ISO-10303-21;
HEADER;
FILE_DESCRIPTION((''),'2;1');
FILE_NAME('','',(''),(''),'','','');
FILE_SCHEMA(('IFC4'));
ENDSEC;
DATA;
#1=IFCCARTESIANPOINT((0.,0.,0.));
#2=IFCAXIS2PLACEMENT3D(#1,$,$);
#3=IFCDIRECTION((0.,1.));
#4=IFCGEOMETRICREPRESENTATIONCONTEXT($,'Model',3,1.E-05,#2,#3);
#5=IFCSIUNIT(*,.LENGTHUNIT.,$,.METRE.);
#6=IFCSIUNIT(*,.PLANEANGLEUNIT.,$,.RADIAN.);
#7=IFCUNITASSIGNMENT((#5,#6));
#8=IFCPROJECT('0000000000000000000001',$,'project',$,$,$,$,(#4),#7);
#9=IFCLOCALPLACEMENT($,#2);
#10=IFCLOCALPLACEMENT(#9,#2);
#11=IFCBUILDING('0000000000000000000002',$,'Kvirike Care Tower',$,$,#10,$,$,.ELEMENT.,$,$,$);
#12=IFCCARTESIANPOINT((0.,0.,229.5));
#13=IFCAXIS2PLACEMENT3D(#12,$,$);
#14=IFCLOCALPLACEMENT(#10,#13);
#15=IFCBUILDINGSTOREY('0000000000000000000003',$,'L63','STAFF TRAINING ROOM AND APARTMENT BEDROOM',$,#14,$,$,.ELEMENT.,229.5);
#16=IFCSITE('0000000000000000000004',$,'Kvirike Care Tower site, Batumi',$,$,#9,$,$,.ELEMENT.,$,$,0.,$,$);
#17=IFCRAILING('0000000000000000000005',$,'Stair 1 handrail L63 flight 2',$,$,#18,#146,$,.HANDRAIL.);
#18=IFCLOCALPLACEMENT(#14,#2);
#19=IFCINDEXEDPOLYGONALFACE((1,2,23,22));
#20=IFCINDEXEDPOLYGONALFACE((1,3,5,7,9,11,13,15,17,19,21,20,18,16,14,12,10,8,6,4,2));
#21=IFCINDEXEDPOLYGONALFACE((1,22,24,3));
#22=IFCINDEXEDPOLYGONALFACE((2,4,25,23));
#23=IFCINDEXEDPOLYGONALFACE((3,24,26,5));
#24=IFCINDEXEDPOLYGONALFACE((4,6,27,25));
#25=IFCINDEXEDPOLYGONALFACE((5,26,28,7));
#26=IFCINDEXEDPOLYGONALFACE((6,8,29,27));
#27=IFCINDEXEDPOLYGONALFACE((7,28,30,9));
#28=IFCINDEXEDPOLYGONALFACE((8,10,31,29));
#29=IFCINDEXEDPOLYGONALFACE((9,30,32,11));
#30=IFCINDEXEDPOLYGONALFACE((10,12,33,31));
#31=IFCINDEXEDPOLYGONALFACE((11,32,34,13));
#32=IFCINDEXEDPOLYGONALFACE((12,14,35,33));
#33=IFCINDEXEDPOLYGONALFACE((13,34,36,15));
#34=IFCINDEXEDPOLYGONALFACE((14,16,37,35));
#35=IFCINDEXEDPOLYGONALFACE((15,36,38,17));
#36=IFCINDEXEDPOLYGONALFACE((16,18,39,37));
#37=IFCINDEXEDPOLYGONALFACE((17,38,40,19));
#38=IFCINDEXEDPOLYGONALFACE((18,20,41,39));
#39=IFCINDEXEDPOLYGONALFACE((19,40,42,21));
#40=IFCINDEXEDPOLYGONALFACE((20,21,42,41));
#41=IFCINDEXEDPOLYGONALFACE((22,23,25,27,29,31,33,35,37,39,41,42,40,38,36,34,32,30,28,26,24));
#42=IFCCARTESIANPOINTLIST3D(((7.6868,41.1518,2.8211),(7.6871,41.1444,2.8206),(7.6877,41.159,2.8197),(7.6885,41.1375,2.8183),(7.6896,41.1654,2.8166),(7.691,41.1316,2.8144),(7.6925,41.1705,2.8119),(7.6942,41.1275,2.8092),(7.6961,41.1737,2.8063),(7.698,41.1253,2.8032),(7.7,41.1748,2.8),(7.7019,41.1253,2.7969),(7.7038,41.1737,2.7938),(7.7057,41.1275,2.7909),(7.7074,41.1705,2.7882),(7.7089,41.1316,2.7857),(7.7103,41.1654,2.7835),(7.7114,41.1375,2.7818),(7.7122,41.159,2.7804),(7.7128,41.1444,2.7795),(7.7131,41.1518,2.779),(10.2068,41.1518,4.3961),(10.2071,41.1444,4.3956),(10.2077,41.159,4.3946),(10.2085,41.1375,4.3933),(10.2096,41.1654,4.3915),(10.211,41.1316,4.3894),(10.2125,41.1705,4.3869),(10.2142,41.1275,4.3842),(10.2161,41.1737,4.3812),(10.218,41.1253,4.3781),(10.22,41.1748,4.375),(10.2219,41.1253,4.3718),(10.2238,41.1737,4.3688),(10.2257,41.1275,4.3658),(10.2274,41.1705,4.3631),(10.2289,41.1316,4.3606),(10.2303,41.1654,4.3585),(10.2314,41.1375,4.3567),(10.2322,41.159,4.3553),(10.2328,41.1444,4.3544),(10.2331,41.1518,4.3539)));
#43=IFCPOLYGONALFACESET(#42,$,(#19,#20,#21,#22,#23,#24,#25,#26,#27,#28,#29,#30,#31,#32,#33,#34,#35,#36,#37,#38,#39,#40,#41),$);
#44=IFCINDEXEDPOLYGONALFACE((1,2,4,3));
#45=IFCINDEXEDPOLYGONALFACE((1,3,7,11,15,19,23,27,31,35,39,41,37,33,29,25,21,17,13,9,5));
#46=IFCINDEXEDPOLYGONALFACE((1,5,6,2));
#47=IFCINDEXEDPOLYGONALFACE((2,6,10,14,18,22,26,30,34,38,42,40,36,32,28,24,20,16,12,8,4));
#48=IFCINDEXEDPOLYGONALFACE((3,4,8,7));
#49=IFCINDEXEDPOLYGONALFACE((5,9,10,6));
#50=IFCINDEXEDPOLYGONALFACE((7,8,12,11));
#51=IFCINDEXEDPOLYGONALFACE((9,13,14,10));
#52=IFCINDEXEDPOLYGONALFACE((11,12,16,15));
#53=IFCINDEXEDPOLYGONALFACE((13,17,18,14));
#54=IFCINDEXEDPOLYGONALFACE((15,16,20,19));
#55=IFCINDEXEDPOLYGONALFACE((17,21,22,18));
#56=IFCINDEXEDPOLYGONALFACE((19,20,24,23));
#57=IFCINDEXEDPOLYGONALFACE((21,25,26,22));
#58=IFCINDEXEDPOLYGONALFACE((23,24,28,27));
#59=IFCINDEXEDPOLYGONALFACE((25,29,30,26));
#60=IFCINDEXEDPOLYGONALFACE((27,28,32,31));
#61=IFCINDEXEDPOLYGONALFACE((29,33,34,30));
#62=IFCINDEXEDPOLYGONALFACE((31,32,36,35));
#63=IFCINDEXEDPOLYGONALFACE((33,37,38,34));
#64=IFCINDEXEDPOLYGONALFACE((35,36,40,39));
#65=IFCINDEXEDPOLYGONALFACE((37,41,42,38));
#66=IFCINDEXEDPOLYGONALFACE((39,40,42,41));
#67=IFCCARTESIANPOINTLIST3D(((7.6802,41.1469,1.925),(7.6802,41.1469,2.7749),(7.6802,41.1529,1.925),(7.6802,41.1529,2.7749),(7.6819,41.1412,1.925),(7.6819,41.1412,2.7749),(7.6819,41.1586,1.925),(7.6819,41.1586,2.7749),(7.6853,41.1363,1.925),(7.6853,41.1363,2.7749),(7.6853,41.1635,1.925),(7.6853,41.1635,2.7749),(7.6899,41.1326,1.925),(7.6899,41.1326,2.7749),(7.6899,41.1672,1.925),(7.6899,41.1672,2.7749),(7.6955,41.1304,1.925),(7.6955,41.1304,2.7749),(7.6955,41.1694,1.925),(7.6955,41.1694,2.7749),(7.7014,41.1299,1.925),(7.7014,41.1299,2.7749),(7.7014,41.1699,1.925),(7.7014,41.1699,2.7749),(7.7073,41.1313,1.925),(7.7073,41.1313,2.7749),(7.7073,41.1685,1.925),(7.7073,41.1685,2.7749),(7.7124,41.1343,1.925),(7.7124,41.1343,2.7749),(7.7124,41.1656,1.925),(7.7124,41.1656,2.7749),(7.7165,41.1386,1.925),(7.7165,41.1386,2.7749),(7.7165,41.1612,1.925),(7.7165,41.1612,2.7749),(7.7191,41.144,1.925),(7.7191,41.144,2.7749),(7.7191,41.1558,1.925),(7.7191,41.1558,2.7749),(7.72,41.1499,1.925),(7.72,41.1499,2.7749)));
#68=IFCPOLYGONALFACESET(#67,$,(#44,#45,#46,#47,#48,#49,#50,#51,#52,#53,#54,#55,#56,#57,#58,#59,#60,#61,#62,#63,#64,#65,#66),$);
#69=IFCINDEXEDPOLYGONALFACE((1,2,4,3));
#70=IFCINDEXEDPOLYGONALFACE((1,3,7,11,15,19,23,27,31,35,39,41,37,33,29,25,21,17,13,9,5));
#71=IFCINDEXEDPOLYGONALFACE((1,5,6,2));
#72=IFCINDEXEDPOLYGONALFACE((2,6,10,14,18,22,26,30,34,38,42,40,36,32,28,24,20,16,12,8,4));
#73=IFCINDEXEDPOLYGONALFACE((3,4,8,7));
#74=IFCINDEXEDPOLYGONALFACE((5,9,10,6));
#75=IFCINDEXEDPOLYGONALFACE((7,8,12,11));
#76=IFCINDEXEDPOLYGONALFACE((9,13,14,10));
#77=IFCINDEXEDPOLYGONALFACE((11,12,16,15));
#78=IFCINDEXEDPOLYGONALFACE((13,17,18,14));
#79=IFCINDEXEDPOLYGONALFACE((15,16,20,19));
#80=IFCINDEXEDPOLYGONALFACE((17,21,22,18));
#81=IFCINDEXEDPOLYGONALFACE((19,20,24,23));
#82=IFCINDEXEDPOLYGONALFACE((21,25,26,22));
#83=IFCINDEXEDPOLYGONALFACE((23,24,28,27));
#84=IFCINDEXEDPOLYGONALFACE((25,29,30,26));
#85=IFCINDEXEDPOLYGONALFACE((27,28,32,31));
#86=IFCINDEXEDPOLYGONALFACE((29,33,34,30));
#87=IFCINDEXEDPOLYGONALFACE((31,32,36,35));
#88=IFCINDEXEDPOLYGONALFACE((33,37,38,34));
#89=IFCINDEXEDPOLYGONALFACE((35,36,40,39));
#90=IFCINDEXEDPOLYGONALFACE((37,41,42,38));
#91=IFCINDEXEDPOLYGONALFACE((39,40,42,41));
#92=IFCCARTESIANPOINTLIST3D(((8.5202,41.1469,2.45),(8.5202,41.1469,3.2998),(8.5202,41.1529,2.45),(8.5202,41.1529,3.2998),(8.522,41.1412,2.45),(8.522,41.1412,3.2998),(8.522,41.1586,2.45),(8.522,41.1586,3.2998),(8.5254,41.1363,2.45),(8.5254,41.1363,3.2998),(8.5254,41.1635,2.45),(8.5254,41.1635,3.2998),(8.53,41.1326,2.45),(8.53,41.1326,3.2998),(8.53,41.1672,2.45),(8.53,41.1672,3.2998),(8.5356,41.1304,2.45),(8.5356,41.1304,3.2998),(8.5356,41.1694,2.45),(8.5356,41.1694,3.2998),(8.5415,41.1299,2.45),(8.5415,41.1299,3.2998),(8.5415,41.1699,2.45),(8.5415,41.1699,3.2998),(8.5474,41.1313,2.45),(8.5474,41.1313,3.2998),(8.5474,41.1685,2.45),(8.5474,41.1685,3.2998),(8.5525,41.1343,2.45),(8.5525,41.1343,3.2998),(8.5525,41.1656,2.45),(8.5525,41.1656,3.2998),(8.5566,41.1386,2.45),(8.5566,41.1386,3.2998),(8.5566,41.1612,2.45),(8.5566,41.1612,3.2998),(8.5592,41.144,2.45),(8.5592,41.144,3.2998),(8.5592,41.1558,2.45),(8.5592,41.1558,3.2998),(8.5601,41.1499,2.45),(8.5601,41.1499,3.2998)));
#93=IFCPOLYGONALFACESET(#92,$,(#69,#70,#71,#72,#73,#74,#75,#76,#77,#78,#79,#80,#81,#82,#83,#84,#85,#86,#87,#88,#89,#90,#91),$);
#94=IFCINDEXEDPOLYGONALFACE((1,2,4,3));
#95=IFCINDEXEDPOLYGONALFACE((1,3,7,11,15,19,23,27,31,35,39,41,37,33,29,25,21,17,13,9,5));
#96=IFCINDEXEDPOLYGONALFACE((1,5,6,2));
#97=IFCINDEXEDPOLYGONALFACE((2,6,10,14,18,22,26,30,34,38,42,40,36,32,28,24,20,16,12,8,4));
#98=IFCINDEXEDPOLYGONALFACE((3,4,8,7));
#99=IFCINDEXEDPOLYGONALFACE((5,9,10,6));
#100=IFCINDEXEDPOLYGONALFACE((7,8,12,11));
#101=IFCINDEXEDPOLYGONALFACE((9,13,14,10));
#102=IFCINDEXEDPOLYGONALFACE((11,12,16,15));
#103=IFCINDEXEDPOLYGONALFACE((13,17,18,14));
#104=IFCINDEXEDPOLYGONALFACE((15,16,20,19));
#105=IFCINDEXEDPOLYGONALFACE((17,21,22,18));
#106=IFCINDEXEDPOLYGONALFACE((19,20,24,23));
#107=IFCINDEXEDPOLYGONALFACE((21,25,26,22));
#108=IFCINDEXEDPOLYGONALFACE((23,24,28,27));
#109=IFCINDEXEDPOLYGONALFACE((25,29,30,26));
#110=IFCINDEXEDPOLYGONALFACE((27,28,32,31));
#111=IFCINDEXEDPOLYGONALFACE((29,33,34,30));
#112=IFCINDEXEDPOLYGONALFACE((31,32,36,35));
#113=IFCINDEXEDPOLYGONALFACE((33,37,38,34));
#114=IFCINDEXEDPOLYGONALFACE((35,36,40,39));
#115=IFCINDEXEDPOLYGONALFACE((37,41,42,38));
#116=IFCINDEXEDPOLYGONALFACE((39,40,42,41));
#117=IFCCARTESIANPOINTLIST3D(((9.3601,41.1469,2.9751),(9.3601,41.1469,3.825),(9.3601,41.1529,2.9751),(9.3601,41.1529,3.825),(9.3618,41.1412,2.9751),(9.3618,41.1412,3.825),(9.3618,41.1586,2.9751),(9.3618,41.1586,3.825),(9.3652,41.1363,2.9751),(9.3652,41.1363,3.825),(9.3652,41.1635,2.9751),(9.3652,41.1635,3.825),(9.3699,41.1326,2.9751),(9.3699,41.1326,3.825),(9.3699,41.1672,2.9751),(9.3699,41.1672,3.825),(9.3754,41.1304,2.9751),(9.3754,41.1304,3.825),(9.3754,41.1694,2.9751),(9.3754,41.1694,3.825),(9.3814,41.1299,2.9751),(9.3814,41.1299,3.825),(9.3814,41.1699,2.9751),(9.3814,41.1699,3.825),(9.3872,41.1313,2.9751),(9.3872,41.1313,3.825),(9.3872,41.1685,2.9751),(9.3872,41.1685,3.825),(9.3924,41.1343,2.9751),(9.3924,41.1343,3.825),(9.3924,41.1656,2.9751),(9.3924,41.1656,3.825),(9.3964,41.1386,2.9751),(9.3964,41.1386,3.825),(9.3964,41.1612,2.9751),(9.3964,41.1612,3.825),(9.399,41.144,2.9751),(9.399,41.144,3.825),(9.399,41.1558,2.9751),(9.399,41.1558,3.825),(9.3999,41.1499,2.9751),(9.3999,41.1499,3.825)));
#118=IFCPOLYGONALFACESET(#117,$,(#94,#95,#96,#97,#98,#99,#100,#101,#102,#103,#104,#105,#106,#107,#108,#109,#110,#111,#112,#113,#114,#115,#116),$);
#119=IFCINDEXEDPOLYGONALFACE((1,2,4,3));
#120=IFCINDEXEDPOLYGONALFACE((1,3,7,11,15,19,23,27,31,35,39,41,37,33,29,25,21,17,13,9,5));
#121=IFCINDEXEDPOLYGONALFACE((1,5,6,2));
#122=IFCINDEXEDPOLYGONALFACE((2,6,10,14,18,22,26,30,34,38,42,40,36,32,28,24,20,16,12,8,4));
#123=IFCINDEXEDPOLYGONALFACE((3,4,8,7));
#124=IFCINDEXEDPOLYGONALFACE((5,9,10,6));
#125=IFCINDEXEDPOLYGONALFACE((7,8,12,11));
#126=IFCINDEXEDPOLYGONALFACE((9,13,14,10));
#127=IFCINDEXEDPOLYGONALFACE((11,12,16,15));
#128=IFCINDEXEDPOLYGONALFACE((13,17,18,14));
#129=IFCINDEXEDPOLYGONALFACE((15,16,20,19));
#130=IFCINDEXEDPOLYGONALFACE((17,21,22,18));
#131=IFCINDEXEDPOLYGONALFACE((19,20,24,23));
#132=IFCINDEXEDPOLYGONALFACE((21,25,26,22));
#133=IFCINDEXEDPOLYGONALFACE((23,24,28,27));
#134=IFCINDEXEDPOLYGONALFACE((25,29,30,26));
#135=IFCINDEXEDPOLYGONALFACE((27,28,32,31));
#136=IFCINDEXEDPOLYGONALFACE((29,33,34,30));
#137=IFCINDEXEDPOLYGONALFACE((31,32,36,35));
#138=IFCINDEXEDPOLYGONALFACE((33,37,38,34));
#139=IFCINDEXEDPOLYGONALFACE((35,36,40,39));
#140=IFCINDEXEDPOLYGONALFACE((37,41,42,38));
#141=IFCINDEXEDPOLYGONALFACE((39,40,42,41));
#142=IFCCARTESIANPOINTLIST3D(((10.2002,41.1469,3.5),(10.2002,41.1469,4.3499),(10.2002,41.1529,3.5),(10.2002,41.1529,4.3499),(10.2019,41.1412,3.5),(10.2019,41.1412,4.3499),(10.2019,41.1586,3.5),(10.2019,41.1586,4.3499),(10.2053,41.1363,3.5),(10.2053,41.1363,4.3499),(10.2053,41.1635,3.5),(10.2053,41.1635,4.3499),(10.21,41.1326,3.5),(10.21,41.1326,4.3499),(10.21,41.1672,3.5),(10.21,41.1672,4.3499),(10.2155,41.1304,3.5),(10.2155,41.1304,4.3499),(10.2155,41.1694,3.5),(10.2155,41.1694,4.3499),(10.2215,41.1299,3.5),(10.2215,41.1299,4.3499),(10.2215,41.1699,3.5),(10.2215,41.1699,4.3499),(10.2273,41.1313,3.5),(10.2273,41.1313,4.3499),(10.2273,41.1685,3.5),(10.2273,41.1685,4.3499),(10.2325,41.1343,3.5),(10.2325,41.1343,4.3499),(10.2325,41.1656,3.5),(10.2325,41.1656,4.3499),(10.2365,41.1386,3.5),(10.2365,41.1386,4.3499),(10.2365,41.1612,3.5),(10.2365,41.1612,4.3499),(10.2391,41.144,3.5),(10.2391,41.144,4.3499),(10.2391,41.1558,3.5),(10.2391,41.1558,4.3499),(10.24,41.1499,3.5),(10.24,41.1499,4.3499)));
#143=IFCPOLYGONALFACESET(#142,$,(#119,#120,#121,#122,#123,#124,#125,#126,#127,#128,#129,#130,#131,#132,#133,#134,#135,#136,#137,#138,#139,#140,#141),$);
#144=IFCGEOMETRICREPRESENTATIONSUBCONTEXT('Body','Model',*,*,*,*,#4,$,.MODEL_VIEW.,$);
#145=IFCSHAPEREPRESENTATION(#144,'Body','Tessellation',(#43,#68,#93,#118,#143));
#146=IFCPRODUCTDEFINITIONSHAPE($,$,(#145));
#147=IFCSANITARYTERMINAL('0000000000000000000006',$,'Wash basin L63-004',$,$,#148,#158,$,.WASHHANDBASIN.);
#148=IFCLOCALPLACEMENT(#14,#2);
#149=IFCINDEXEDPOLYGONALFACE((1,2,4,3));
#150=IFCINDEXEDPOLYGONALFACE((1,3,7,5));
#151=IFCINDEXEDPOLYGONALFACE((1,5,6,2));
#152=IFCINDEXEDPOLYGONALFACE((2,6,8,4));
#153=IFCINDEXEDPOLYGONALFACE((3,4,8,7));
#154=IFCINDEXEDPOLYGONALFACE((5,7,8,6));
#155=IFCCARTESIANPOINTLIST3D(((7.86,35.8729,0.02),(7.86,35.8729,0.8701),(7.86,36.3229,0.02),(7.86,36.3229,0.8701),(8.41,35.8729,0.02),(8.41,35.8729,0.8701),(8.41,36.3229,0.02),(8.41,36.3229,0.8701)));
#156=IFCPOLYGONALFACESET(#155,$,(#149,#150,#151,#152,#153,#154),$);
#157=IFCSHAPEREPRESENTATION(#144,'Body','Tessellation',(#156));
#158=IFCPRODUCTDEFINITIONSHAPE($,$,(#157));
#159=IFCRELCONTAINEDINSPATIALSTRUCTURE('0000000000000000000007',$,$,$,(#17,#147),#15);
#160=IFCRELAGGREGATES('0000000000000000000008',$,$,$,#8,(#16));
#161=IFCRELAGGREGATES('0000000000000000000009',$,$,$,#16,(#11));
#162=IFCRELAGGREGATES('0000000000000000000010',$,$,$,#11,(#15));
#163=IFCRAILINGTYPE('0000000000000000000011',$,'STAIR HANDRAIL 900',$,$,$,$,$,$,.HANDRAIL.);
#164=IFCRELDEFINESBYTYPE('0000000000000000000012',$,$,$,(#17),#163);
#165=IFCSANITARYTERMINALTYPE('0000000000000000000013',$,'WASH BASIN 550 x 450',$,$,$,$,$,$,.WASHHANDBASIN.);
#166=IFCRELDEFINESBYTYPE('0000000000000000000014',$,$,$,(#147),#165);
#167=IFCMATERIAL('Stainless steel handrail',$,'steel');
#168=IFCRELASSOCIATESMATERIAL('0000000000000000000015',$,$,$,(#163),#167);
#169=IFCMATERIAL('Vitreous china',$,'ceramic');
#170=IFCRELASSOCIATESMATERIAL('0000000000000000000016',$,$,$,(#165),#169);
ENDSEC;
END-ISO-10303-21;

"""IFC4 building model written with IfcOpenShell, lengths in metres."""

from ifc_helpers import new_model, si_unit, direction, frame, origin, origin_2d, place, context, subcontext, project, spatial, rectangle, circle, extrude, material, type_object, element, save


model = new_model("IFC4")

# Units and contexts
model_context = context("Model", 3, precision=1e-05, world=origin(), true_north=direction((0.0, 1.0)))
body_context = subcontext(model_context, "Body", "Model", "MODEL_VIEW")
ifc_project = project(units=[si_unit("LENGTHUNIT", "METRE"), si_unit("PLANEANGLEUNIT", "RADIAN")], contexts=[model_context])

# Site, building, storey
site_placement = place(None, origin())
site = spatial("IfcSite", under=ifc_project, at=site_placement, Name="Kvirike Care Tower site, Batumi", CompositionType="ELEMENT", RefElevation=0.0)
building_placement = place(site_placement, origin())
building = spatial("IfcBuilding", under=site, at=building_placement, Name="Kvirike Care Tower", CompositionType="ELEMENT")
storey_placement = place(building_placement, frame((0.0, 0.0, 229.5)))
storey = spatial("IfcBuildingStorey", under=building, at=storey_placement, Name="L63", Description="STAFF TRAINING ROOM AND APARTMENT BEDROOM", CompositionType="ELEMENT", Elevation=229.5)

# Railing
ifc_material_1 = material(Name="Stainless steel handrail", Category="steel")
railing_type = type_object("IfcRailingType", Name="STAIR HANDRAIL 900", PredefinedType="HANDRAIL", material=ifc_material_1)
railing_placement = place(storey_placement, frame((7.7, 41.1499, 1.925)))
element("IfcRailing", 1, at=railing_placement, inside=storey, type_object=railing_type, Name="Stair 1 handrail L63 flight 2", PredefinedType="HANDRAIL", context=body_context, shape_type="SweptSolid", body=[
    extrude(circle(Radius=0.0249, at=origin_2d()), frame((0.0, 0.0, 0.875), z_axis=(0.848008, 0.0, 0.529984), x_axis=(0.0, 1.0, 0.0)), (0.0, 0.0, 1.0), 2.9717),
    extrude(circle(Radius=0.02, at=origin_2d()), origin(), (0.0, 0.0, 1.0), 0.8499),
    extrude(circle(Radius=0.02, at=origin_2d()), frame((0.8401, 0.0, 0.5249)), (0.0, 0.0, 1.0), 0.8499),
    extrude(circle(Radius=0.02, at=origin_2d()), frame((1.6799, 0.0, 1.05)), (0.0, 0.0, 1.0), 0.8499),
    extrude(circle(Radius=0.02, at=origin_2d()), frame((2.52, 0.0, 1.575)), (0.0, 0.0, 1.0), 0.8499),
])

# Sanitary terminal
ifc_material_2 = material(Name="Vitreous china", Category="ceramic")
sanitary_terminal_type = type_object("IfcSanitaryTerminalType", Name="WASH BASIN 550 x 450", PredefinedType="WASHHANDBASIN", material=ifc_material_2)
sanitary_terminal_placement = place(storey_placement, frame((8.135, 36.0979, 0.02), z_axis=(0.0, 0.0, 1.0), x_axis=(1.0, 0.0, 0.0)))
element("IfcSanitaryTerminal", 2, at=sanitary_terminal_placement, inside=storey, type_object=sanitary_terminal_type, Name="Wash basin L63-004", PredefinedType="WASHHANDBASIN", context=body_context, shape_type="SweptSolid", body=[
    extrude(rectangle(XDim=0.55, YDim=0.45, at=origin_2d()), origin(), (0.0, 0.0, 1.0), 0.8501),
])

save(model, "model.ifc")
